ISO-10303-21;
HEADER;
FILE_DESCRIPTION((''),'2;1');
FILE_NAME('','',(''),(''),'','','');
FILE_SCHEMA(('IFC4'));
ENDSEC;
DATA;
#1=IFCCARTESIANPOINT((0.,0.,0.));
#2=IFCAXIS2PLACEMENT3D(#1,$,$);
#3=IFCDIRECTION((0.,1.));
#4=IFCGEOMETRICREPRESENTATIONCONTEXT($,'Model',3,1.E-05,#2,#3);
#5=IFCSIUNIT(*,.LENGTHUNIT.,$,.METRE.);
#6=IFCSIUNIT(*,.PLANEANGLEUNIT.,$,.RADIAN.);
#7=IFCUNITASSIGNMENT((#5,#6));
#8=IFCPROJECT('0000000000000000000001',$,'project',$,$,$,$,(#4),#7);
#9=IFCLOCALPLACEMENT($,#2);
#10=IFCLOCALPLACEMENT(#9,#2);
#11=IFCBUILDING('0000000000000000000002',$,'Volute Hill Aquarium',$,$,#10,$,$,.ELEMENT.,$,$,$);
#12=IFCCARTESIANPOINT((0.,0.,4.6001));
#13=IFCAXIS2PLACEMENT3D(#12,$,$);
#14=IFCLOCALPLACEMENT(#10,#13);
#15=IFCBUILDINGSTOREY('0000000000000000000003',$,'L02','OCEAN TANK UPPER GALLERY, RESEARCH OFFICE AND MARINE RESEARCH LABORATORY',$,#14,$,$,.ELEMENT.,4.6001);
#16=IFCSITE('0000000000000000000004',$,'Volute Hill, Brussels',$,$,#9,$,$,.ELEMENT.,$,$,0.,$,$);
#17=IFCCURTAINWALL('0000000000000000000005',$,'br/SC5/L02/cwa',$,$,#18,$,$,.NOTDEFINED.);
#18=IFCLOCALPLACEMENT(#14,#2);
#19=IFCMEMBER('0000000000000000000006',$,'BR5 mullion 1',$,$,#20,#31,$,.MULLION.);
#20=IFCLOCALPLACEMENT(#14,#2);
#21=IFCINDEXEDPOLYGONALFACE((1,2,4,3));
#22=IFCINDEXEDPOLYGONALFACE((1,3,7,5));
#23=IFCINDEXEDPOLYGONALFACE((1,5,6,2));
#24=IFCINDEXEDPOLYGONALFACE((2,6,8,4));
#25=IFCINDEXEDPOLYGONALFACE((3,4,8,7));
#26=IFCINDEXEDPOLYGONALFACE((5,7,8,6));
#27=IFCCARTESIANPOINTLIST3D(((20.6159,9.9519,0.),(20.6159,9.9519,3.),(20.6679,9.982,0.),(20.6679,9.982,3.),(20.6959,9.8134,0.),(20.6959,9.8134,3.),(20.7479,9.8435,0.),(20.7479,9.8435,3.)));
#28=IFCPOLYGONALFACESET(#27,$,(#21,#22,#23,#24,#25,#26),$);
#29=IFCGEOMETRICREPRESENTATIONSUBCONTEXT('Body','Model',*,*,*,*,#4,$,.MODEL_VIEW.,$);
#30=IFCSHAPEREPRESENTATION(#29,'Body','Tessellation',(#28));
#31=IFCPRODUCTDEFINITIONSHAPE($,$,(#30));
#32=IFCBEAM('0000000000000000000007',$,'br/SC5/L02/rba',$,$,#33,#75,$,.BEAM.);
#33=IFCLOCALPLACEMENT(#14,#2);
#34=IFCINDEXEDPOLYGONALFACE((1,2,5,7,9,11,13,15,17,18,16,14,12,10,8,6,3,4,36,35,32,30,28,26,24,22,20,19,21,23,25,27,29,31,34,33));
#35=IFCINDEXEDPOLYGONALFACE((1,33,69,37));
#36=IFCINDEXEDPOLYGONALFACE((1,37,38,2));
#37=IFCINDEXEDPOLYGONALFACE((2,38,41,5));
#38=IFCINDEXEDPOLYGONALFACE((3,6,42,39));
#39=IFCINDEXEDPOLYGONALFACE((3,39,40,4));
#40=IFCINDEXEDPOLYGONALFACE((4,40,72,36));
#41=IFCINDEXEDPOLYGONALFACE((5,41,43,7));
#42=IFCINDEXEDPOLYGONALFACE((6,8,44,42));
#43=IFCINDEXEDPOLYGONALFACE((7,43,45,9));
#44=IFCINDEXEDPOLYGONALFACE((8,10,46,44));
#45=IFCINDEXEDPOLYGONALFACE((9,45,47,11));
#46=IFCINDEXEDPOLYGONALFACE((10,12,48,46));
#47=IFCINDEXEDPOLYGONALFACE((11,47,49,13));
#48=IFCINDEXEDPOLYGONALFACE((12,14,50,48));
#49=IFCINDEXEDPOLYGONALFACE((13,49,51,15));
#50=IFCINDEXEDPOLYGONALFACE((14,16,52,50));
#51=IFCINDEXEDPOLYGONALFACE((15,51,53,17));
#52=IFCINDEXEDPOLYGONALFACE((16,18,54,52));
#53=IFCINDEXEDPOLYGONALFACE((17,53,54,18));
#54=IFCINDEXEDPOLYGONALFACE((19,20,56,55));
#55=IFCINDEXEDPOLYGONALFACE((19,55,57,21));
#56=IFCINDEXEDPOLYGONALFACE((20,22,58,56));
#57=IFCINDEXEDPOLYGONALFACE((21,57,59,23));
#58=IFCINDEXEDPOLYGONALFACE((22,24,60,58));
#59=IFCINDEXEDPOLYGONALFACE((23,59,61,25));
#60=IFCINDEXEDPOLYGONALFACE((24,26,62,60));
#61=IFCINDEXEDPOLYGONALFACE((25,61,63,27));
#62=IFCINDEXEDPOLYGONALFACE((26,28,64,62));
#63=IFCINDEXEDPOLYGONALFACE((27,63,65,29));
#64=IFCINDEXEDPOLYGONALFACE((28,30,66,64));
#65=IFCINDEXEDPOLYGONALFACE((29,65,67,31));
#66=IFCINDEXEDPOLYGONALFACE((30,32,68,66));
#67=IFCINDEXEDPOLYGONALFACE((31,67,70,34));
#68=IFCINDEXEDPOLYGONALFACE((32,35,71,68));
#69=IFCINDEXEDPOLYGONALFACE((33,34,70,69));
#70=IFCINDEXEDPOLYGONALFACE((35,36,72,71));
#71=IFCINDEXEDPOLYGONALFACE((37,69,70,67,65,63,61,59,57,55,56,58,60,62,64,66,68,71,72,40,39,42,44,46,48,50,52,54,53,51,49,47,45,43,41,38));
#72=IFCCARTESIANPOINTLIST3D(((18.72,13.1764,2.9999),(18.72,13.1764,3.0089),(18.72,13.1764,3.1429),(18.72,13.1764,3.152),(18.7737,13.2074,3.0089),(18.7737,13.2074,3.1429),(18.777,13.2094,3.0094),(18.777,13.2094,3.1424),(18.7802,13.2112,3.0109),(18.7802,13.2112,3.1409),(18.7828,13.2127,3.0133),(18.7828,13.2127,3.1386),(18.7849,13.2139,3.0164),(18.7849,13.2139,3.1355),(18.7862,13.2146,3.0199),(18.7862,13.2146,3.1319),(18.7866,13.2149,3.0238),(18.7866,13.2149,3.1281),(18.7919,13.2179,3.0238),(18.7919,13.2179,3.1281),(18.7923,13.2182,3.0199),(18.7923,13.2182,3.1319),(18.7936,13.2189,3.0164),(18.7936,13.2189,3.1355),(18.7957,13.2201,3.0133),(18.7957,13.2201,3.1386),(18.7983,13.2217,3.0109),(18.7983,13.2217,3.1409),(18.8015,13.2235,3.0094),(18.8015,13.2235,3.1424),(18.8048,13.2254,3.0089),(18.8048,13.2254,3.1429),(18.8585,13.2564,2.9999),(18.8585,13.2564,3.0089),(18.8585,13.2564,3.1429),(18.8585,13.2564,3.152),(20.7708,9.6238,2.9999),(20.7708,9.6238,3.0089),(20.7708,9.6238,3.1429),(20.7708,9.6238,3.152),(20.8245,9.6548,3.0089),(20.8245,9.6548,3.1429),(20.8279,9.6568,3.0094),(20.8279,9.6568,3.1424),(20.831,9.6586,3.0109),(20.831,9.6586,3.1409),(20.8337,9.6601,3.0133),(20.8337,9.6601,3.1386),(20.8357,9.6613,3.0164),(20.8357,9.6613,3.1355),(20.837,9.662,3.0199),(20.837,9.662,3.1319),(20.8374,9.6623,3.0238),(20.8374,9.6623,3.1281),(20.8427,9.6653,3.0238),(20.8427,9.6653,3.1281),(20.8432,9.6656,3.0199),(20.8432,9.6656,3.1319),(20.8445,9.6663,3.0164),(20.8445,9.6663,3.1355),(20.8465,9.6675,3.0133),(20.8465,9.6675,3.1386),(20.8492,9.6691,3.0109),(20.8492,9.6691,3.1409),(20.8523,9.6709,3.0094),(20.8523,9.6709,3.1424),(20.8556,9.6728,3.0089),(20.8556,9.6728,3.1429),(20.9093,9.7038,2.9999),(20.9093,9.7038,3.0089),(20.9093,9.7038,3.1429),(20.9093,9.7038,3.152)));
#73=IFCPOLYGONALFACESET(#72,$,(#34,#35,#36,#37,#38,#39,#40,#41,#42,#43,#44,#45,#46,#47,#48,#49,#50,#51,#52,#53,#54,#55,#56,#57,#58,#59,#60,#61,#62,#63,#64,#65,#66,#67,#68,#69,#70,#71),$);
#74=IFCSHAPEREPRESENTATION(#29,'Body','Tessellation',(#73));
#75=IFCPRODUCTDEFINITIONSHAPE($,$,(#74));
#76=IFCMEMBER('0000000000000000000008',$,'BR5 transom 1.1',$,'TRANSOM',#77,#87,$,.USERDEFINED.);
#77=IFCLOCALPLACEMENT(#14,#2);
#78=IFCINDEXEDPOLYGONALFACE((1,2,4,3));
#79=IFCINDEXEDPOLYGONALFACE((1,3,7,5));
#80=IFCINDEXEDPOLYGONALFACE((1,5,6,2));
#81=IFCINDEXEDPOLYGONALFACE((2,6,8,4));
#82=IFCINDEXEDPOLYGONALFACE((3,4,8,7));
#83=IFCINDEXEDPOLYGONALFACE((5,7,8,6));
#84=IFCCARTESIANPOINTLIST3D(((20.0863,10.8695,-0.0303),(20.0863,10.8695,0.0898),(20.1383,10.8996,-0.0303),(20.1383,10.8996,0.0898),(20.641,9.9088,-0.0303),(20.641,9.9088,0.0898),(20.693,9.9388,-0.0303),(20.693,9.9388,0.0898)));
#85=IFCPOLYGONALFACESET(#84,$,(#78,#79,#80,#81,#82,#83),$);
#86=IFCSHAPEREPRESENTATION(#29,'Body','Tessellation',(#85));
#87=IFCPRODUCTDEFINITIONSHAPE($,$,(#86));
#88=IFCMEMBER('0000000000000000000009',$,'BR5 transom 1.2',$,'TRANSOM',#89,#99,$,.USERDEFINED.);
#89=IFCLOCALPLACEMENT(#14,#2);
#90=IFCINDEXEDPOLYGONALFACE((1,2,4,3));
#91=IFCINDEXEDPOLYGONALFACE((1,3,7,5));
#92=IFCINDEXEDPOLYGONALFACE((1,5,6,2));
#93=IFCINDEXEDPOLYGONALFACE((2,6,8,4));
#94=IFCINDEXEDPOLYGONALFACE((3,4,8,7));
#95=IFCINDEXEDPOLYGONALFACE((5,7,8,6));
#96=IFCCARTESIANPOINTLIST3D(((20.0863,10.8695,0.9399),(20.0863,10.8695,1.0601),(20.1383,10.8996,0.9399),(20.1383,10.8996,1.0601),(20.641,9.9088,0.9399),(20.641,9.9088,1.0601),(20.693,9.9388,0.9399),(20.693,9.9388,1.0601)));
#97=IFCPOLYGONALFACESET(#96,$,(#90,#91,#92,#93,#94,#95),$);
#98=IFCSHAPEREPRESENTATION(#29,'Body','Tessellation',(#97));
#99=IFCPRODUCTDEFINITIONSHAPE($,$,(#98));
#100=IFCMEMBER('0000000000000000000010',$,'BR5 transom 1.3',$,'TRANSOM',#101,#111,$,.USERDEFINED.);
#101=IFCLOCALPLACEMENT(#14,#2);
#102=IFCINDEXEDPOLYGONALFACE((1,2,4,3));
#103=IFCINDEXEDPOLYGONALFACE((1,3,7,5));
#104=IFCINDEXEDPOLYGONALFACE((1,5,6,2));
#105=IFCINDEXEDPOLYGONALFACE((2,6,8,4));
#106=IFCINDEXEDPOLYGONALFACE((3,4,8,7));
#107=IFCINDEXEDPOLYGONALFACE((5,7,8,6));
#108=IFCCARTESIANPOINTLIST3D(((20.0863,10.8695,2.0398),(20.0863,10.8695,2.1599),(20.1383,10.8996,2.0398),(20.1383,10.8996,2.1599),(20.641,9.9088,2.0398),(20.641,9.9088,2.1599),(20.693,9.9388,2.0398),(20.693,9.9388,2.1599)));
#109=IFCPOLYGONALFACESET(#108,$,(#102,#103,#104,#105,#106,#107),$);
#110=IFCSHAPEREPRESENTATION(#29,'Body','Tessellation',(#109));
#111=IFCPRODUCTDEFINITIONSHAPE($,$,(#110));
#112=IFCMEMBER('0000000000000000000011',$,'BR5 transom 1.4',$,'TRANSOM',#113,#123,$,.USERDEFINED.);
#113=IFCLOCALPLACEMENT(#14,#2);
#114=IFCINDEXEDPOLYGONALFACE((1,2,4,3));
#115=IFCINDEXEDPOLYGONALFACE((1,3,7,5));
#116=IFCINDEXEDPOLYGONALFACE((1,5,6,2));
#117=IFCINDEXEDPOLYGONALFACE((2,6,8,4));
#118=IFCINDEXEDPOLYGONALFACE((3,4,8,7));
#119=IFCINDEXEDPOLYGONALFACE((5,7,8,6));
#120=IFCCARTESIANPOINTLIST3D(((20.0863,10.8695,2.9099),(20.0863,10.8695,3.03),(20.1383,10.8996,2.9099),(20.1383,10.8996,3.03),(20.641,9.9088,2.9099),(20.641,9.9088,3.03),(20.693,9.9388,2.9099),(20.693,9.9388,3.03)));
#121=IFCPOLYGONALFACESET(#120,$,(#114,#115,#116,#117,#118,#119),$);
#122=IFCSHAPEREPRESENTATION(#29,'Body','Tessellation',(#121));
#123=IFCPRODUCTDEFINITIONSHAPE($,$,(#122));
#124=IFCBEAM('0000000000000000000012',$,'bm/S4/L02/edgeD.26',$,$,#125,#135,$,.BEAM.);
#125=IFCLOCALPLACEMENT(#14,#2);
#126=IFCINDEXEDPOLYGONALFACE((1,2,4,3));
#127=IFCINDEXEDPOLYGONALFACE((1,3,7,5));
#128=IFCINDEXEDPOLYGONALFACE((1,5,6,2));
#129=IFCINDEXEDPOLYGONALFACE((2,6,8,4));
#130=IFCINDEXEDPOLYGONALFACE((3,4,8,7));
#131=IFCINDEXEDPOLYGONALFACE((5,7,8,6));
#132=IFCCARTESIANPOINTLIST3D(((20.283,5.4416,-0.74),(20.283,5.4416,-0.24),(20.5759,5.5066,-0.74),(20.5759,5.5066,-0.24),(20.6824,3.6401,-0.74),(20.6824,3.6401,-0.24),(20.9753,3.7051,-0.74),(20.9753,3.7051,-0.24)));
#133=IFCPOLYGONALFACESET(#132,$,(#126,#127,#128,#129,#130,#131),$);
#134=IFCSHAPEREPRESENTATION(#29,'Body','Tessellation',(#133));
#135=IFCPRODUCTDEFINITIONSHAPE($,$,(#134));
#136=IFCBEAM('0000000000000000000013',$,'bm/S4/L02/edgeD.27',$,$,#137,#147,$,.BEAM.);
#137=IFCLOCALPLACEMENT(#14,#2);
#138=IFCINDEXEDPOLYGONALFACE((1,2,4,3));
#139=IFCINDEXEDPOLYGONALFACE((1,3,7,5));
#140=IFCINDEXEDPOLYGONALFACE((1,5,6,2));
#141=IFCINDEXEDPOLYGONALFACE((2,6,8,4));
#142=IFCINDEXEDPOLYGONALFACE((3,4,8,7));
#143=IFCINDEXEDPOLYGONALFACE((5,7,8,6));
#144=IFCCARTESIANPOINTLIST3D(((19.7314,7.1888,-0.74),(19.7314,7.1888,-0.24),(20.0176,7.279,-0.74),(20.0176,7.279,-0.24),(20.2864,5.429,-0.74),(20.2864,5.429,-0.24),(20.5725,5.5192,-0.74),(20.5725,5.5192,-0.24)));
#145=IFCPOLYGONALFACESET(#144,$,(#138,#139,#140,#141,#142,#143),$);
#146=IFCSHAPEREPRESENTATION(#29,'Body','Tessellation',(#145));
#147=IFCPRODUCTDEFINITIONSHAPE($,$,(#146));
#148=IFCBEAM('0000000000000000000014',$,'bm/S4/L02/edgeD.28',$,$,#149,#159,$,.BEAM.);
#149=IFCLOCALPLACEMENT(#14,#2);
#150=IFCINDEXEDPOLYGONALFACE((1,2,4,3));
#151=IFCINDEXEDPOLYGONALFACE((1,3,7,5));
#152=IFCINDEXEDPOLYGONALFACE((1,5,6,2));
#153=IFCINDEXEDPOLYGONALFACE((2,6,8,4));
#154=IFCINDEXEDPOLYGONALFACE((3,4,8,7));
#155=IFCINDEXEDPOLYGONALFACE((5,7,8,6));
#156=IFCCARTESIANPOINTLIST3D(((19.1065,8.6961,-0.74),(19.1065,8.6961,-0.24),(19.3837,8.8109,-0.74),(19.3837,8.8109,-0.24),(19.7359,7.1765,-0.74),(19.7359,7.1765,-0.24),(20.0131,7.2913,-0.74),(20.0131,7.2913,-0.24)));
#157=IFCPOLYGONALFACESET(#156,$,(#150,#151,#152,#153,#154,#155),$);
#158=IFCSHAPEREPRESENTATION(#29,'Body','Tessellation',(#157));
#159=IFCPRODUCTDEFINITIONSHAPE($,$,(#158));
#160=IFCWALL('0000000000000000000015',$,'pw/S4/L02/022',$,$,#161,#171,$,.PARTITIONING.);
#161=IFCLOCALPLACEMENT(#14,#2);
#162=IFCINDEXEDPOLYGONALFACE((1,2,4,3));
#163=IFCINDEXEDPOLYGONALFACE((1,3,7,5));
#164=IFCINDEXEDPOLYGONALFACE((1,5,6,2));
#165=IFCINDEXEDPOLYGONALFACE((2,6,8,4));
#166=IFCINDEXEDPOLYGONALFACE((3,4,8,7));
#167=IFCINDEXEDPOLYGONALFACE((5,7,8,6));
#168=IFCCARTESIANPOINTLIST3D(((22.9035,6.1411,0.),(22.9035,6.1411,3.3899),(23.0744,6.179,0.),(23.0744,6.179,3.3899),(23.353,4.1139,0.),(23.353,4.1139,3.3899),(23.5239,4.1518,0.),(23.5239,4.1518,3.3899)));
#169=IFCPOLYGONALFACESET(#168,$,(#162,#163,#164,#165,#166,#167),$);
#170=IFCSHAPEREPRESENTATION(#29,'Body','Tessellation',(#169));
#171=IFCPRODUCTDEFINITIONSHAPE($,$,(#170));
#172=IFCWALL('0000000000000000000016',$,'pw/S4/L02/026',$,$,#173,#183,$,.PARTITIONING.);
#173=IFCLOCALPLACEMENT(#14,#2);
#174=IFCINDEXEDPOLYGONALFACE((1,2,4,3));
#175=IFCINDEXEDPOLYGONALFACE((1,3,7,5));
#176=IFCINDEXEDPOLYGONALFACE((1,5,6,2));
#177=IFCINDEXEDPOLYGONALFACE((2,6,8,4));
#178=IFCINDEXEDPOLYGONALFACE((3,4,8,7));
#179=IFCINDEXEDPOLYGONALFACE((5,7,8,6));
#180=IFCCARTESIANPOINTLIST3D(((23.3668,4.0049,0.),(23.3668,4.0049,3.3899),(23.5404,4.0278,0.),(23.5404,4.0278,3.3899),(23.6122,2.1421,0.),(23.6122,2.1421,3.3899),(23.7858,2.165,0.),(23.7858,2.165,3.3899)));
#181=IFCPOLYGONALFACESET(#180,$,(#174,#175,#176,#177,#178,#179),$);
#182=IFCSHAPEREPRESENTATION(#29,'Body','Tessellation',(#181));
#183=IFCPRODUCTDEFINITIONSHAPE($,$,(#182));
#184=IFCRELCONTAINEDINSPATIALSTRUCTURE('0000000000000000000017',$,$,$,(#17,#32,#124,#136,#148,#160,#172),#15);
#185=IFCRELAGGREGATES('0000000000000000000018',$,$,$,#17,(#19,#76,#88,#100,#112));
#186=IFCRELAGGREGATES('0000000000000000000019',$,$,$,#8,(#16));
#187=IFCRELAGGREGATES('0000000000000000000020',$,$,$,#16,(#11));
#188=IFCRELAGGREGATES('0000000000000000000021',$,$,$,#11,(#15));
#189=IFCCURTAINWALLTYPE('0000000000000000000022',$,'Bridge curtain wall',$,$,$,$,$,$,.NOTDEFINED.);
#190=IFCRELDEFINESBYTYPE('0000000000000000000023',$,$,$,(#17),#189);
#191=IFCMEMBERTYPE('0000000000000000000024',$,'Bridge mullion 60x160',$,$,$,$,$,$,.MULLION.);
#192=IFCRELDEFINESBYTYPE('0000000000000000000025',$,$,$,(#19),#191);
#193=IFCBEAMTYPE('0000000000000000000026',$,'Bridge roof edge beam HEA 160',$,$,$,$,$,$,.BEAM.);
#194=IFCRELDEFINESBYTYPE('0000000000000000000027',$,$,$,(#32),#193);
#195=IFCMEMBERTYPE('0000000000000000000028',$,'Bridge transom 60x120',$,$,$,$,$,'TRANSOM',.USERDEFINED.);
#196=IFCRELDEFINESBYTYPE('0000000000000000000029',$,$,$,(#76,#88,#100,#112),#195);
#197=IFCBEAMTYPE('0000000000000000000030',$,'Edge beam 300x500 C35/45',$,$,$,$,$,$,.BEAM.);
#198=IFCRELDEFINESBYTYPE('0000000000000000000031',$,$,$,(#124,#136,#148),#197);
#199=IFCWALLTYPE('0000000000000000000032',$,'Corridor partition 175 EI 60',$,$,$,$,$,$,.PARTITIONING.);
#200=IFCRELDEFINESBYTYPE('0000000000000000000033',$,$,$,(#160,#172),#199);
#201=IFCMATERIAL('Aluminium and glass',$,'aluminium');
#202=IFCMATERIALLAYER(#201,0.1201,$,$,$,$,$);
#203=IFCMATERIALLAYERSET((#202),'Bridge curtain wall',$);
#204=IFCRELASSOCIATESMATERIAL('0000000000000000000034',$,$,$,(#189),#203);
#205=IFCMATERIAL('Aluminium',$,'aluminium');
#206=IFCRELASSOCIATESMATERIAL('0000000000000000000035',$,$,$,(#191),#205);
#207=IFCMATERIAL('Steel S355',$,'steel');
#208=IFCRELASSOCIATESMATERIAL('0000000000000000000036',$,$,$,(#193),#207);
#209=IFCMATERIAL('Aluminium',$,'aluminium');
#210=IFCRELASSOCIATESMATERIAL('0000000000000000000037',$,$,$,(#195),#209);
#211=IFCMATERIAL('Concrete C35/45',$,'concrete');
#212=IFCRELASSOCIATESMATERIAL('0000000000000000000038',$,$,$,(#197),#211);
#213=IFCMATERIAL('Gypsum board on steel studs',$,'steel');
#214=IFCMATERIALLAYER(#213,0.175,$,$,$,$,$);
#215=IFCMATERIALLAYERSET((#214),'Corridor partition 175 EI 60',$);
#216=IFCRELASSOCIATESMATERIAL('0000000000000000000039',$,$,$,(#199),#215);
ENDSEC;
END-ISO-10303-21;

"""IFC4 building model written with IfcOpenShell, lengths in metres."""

from ifc_helpers import new_model, si_unit, direction, frame, frame_2d, origin, origin_2d, place, context, subcontext, project, spatial, rectangle, i_section, extrude, material, layer, layer_set, material_profile, profile_set, type_object, element, aggregate, save


model = new_model("IFC4")

# Units and contexts
model_context = context("Model", 3, precision=1e-05, world=origin(), true_north=direction((0.0, 1.0)))
body_context = subcontext(model_context, "Body", "Model", "MODEL_VIEW")
ifc_project = project(units=[si_unit("LENGTHUNIT", "METRE"), si_unit("PLANEANGLEUNIT", "RADIAN")], contexts=[model_context])

# Site, building, storey
site_placement = place(None, origin())
site = spatial("IfcSite", under=ifc_project, at=site_placement, Name="Volute Hill, Brussels", CompositionType="ELEMENT", RefElevation=0.0)
building_placement = place(site_placement, origin())
building = spatial("IfcBuilding", under=site, at=building_placement, Name="Volute Hill Aquarium", CompositionType="ELEMENT")
storey_placement = place(building_placement, frame((0.0, 0.0, 4.6001)))
storey = spatial("IfcBuildingStorey", under=building, at=storey_placement, Name="L02", Description="OCEAN TANK UPPER GALLERY, RESEARCH OFFICE AND MARINE RESEARCH LABORATORY", CompositionType="ELEMENT", Elevation=4.6001)

# Curtain wall, member
ifc_material_1 = material(Name="Aluminium and glass", Category="aluminium")
ifc_layer_1 = layer(ifc_material_1, 0.1201)
ifc_layer_set_1 = layer_set([ifc_layer_1], Name="Bridge curtain wall")
curtain_wall_type = type_object("IfcCurtainWallType", Name="Bridge curtain wall", PredefinedType="NOTDEFINED", material=ifc_layer_set_1)
curtain_wall_placement = place(storey_placement, origin())
curtain_wall = element("IfcCurtainWall", 1, at=curtain_wall_placement, inside=storey, type_object=curtain_wall_type, Name="br/SC5/L02/cwa", PredefinedType="NOTDEFINED")
ifc_material_2 = material(Name="Aluminium", Category="aluminium")
ifc_material_profile_1 = material_profile(ifc_material_2, rectangle(XDim=0.0601, YDim=0.1599, at=origin_2d()), Name="Aluminium mullion 60x160")
ifc_profile_set_1 = profile_set([ifc_material_profile_1], Name="Aluminium")
member_type_1 = type_object("IfcMemberType", Name="Bridge mullion 60x160", PredefinedType="MULLION", material=ifc_profile_set_1)
member_1_placement = place(storey_placement, frame((20.6819, 9.8977, 0.0), z_axis=(0.0, 0.0, 1.0), x_axis=(-0.86602, -0.50001, 0.0)))
member_1 = element("IfcMember", 2, at=member_1_placement, type_object=member_type_1, Name="BR5 mullion 1", PredefinedType="MULLION", context=body_context, shape_type="SweptSolid", body=[
    extrude(rectangle(XDim=0.0601, YDim=0.1599, at=origin_2d()), origin(), (0.0, 0.0, 1.0), 3.0),
])

# Beam
ifc_material_3 = material(Name="Steel S355", Category="steel")
ifc_material_profile_2 = material_profile(ifc_material_3, i_section(OverallWidth=0.1599, OverallDepth=0.1521, WebThickness=0.0061, FlangeThickness=0.009, FilletRadius=0.0149, at=origin_2d()), Name="HEA 160")
ifc_profile_set_2 = profile_set([ifc_material_profile_2], Name="Steel S355")
beam_type_1 = type_object("IfcBeamType", Name="Bridge roof edge beam HEA 160", PredefinedType="BEAM", material=ifc_profile_set_2)
beam_1_placement = place(storey_placement, frame((20.8401, 9.6638, 3.0759), z_axis=(-0.499954, 0.866052, 0.0), x_axis=(-0.866052, -0.499954, 0.0)))
element("IfcBeam", 3, at=beam_1_placement, inside=storey, type_object=beam_type_1, Name="br/SC5/L02/rba", PredefinedType="BEAM", context=body_context, shape_type="SweptSolid", body=[
    extrude(i_section(OverallWidth=0.1599, OverallDepth=0.1521, WebThickness=0.0061, FlangeThickness=0.009, FilletRadius=0.0149, at=origin_2d()), origin(), (0.0, 0.0, 1.0), 4.1021),
])

# Members
ifc_material_4 = material(Name="Aluminium", Category="aluminium")
ifc_material_profile_3 = material_profile(ifc_material_4, rectangle(XDim=0.0601, YDim=0.1201, at=origin_2d()), Name="Aluminium transom 60x120")
ifc_profile_set_3 = profile_set([ifc_material_profile_3], Name="Aluminium")
member_type_2 = type_object("IfcMemberType", Name="Bridge transom 60x120", ElementType="TRANSOM", PredefinedType="USERDEFINED", material=ifc_profile_set_3)
member_2_placement = place(storey_placement, frame((20.667, 9.9238, 0.0298), z_axis=(-0.500021, 0.866013, 0.0), x_axis=(-0.866013, -0.500021, 0.0)))
member_2 = element("IfcMember", 4, at=member_2_placement, type_object=member_type_2, Name="BR5 transom 1.1", ObjectType="TRANSOM", PredefinedType="USERDEFINED", context=body_context, shape_type="SweptSolid", body=[
    extrude(rectangle(XDim=0.0601, YDim=0.1201, at=origin_2d()), origin(), (0.0, 0.0, 1.0), 1.1094),
])
member_3_placement = place(storey_placement, frame((20.667, 9.9238, 1.0), z_axis=(-0.500021, 0.866013, 0.0), x_axis=(-0.866013, -0.500021, 0.0)))
member_3 = element("IfcMember", 5, at=member_3_placement, type_object=member_type_2, Name="BR5 transom 1.2", ObjectType="TRANSOM", PredefinedType="USERDEFINED", context=body_context, shape_type="SweptSolid", body=[
    extrude(rectangle(XDim=0.0601, YDim=0.1201, at=origin_2d()), origin(), (0.0, 0.0, 1.0), 1.1094),
])
member_4_placement = place(storey_placement, frame((20.667, 9.9238, 2.0999), z_axis=(-0.500021, 0.866013, 0.0), x_axis=(-0.866013, -0.500021, 0.0)))
member_4 = element("IfcMember", 6, at=member_4_placement, type_object=member_type_2, Name="BR5 transom 1.3", ObjectType="TRANSOM", PredefinedType="USERDEFINED", context=body_context, shape_type="SweptSolid", body=[
    extrude(rectangle(XDim=0.0601, YDim=0.1201, at=origin_2d()), origin(), (0.0, 0.0, 1.0), 1.1094),
])
member_5_placement = place(storey_placement, frame((20.667, 9.9238, 2.97), z_axis=(-0.500021, 0.866013, 0.0), x_axis=(-0.866013, -0.500021, 0.0)))
member_5 = element("IfcMember", 7, at=member_5_placement, type_object=member_type_2, Name="BR5 transom 1.4", ObjectType="TRANSOM", PredefinedType="USERDEFINED", context=body_context, shape_type="SweptSolid", body=[
    extrude(rectangle(XDim=0.0601, YDim=0.1201, at=origin_2d()), origin(), (0.0, 0.0, 1.0), 1.1094),
])
aggregate(curtain_wall, [member_1, member_2, member_3, member_4, member_5])

# Beams
ifc_material_5 = material(Name="Concrete C35/45", Category="concrete")
ifc_material_profile_4 = material_profile(ifc_material_5, rectangle(XDim=0.3, YDim=0.5, at=origin_2d()), Name="RC edge beam 300x500")
ifc_profile_set_4 = profile_set([ifc_material_profile_4], Name="Concrete C35/45")
beam_type_2 = type_object("IfcBeamType", Name="Edge beam 300x500 C35/45", PredefinedType="BEAM", material=ifc_profile_set_4)
for number, where, z_axis, x_axis, name in (
    (8, (20.8289, 3.6726, -0.49), (-0.216454, 0.976293, 0.0), (-0.976293, -0.216454, 0.0), "bm/S4/L02/edgeD.26"),
    (9, (20.4294, 5.4741, -0.49), (-0.300745, 0.953705, 0.0), (-0.953705, -0.300745, 0.0), "bm/S4/L02/edgeD.27"),
):
    element("IfcBeam", number, at=place(storey_placement, frame(where, z_axis=z_axis, x_axis=x_axis)), inside=storey, type_object=beam_type_2, Name=name, PredefinedType="BEAM", context=body_context, shape_type="SweptSolid", body=[
        extrude(rectangle(XDim=0.3, YDim=0.5, at=origin_2d()), origin(), (0.0, 0.0, 1.0), 1.8452),
    ])
beam_2_placement = place(storey_placement, frame((19.8745, 7.2339, -0.49), z_axis=(-0.382675, 0.923883, 0.0), x_axis=(-0.923883, -0.382675, 0.0)))
element("IfcBeam", 10, at=beam_2_placement, inside=storey, type_object=beam_type_2, Name="bm/S4/L02/edgeD.28", PredefinedType="BEAM", context=body_context, shape_type="SweptSolid", body=[
    extrude(rectangle(XDim=0.3, YDim=0.5, at=origin_2d()), origin(), (0.0, 0.0, 1.0), 1.6448),
])

# Walls
ifc_material_6 = material(Name="Gypsum board on steel studs", Category="steel")
ifc_layer_2 = layer(ifc_material_6, 0.175)
ifc_layer_set_2 = layer_set([ifc_layer_2], Name="Corridor partition 175 EI 60")
wall_type_1 = type_object("IfcWallType", Name="Corridor partition 175 EI 60", PredefinedType="PARTITIONING", material=ifc_layer_set_2)
wall_1_placement = place(storey_placement, frame((22.989, 6.1599, 0.0), z_axis=(0.0, 0.0, 1.0), x_axis=(0.21647, -0.976289, 0.0)))
element("IfcWall", 11, at=wall_1_placement, inside=storey, type_object=wall_type_1, Name="pw/S4/L02/022", PredefinedType="PARTITIONING", context=body_context, shape_type="SweptSolid", body=[
    extrude(rectangle(XDim=2.0764, YDim=0.175, at=frame_2d((1.0381, 0.0))), origin(), (0.0, 0.0, 1.0), 3.3899),
])
wall_2_placement = place(storey_placement, frame((23.4536, 4.0164, 0.0), z_axis=(0.0, 0.0, 1.0), x_axis=(0.130589, -0.991437, 0.0)))
element("IfcWall", 12, at=wall_2_placement, inside=storey, type_object=wall_type_1, Name="pw/S4/L02/026", PredefinedType="PARTITIONING", context=body_context, shape_type="SweptSolid", body=[
    extrude(rectangle(XDim=1.8789, YDim=0.175, at=frame_2d((0.9395, 0.0))), origin(), (0.0, 0.0, 1.0), 3.3899),
])

save(model, "model.ifc")
